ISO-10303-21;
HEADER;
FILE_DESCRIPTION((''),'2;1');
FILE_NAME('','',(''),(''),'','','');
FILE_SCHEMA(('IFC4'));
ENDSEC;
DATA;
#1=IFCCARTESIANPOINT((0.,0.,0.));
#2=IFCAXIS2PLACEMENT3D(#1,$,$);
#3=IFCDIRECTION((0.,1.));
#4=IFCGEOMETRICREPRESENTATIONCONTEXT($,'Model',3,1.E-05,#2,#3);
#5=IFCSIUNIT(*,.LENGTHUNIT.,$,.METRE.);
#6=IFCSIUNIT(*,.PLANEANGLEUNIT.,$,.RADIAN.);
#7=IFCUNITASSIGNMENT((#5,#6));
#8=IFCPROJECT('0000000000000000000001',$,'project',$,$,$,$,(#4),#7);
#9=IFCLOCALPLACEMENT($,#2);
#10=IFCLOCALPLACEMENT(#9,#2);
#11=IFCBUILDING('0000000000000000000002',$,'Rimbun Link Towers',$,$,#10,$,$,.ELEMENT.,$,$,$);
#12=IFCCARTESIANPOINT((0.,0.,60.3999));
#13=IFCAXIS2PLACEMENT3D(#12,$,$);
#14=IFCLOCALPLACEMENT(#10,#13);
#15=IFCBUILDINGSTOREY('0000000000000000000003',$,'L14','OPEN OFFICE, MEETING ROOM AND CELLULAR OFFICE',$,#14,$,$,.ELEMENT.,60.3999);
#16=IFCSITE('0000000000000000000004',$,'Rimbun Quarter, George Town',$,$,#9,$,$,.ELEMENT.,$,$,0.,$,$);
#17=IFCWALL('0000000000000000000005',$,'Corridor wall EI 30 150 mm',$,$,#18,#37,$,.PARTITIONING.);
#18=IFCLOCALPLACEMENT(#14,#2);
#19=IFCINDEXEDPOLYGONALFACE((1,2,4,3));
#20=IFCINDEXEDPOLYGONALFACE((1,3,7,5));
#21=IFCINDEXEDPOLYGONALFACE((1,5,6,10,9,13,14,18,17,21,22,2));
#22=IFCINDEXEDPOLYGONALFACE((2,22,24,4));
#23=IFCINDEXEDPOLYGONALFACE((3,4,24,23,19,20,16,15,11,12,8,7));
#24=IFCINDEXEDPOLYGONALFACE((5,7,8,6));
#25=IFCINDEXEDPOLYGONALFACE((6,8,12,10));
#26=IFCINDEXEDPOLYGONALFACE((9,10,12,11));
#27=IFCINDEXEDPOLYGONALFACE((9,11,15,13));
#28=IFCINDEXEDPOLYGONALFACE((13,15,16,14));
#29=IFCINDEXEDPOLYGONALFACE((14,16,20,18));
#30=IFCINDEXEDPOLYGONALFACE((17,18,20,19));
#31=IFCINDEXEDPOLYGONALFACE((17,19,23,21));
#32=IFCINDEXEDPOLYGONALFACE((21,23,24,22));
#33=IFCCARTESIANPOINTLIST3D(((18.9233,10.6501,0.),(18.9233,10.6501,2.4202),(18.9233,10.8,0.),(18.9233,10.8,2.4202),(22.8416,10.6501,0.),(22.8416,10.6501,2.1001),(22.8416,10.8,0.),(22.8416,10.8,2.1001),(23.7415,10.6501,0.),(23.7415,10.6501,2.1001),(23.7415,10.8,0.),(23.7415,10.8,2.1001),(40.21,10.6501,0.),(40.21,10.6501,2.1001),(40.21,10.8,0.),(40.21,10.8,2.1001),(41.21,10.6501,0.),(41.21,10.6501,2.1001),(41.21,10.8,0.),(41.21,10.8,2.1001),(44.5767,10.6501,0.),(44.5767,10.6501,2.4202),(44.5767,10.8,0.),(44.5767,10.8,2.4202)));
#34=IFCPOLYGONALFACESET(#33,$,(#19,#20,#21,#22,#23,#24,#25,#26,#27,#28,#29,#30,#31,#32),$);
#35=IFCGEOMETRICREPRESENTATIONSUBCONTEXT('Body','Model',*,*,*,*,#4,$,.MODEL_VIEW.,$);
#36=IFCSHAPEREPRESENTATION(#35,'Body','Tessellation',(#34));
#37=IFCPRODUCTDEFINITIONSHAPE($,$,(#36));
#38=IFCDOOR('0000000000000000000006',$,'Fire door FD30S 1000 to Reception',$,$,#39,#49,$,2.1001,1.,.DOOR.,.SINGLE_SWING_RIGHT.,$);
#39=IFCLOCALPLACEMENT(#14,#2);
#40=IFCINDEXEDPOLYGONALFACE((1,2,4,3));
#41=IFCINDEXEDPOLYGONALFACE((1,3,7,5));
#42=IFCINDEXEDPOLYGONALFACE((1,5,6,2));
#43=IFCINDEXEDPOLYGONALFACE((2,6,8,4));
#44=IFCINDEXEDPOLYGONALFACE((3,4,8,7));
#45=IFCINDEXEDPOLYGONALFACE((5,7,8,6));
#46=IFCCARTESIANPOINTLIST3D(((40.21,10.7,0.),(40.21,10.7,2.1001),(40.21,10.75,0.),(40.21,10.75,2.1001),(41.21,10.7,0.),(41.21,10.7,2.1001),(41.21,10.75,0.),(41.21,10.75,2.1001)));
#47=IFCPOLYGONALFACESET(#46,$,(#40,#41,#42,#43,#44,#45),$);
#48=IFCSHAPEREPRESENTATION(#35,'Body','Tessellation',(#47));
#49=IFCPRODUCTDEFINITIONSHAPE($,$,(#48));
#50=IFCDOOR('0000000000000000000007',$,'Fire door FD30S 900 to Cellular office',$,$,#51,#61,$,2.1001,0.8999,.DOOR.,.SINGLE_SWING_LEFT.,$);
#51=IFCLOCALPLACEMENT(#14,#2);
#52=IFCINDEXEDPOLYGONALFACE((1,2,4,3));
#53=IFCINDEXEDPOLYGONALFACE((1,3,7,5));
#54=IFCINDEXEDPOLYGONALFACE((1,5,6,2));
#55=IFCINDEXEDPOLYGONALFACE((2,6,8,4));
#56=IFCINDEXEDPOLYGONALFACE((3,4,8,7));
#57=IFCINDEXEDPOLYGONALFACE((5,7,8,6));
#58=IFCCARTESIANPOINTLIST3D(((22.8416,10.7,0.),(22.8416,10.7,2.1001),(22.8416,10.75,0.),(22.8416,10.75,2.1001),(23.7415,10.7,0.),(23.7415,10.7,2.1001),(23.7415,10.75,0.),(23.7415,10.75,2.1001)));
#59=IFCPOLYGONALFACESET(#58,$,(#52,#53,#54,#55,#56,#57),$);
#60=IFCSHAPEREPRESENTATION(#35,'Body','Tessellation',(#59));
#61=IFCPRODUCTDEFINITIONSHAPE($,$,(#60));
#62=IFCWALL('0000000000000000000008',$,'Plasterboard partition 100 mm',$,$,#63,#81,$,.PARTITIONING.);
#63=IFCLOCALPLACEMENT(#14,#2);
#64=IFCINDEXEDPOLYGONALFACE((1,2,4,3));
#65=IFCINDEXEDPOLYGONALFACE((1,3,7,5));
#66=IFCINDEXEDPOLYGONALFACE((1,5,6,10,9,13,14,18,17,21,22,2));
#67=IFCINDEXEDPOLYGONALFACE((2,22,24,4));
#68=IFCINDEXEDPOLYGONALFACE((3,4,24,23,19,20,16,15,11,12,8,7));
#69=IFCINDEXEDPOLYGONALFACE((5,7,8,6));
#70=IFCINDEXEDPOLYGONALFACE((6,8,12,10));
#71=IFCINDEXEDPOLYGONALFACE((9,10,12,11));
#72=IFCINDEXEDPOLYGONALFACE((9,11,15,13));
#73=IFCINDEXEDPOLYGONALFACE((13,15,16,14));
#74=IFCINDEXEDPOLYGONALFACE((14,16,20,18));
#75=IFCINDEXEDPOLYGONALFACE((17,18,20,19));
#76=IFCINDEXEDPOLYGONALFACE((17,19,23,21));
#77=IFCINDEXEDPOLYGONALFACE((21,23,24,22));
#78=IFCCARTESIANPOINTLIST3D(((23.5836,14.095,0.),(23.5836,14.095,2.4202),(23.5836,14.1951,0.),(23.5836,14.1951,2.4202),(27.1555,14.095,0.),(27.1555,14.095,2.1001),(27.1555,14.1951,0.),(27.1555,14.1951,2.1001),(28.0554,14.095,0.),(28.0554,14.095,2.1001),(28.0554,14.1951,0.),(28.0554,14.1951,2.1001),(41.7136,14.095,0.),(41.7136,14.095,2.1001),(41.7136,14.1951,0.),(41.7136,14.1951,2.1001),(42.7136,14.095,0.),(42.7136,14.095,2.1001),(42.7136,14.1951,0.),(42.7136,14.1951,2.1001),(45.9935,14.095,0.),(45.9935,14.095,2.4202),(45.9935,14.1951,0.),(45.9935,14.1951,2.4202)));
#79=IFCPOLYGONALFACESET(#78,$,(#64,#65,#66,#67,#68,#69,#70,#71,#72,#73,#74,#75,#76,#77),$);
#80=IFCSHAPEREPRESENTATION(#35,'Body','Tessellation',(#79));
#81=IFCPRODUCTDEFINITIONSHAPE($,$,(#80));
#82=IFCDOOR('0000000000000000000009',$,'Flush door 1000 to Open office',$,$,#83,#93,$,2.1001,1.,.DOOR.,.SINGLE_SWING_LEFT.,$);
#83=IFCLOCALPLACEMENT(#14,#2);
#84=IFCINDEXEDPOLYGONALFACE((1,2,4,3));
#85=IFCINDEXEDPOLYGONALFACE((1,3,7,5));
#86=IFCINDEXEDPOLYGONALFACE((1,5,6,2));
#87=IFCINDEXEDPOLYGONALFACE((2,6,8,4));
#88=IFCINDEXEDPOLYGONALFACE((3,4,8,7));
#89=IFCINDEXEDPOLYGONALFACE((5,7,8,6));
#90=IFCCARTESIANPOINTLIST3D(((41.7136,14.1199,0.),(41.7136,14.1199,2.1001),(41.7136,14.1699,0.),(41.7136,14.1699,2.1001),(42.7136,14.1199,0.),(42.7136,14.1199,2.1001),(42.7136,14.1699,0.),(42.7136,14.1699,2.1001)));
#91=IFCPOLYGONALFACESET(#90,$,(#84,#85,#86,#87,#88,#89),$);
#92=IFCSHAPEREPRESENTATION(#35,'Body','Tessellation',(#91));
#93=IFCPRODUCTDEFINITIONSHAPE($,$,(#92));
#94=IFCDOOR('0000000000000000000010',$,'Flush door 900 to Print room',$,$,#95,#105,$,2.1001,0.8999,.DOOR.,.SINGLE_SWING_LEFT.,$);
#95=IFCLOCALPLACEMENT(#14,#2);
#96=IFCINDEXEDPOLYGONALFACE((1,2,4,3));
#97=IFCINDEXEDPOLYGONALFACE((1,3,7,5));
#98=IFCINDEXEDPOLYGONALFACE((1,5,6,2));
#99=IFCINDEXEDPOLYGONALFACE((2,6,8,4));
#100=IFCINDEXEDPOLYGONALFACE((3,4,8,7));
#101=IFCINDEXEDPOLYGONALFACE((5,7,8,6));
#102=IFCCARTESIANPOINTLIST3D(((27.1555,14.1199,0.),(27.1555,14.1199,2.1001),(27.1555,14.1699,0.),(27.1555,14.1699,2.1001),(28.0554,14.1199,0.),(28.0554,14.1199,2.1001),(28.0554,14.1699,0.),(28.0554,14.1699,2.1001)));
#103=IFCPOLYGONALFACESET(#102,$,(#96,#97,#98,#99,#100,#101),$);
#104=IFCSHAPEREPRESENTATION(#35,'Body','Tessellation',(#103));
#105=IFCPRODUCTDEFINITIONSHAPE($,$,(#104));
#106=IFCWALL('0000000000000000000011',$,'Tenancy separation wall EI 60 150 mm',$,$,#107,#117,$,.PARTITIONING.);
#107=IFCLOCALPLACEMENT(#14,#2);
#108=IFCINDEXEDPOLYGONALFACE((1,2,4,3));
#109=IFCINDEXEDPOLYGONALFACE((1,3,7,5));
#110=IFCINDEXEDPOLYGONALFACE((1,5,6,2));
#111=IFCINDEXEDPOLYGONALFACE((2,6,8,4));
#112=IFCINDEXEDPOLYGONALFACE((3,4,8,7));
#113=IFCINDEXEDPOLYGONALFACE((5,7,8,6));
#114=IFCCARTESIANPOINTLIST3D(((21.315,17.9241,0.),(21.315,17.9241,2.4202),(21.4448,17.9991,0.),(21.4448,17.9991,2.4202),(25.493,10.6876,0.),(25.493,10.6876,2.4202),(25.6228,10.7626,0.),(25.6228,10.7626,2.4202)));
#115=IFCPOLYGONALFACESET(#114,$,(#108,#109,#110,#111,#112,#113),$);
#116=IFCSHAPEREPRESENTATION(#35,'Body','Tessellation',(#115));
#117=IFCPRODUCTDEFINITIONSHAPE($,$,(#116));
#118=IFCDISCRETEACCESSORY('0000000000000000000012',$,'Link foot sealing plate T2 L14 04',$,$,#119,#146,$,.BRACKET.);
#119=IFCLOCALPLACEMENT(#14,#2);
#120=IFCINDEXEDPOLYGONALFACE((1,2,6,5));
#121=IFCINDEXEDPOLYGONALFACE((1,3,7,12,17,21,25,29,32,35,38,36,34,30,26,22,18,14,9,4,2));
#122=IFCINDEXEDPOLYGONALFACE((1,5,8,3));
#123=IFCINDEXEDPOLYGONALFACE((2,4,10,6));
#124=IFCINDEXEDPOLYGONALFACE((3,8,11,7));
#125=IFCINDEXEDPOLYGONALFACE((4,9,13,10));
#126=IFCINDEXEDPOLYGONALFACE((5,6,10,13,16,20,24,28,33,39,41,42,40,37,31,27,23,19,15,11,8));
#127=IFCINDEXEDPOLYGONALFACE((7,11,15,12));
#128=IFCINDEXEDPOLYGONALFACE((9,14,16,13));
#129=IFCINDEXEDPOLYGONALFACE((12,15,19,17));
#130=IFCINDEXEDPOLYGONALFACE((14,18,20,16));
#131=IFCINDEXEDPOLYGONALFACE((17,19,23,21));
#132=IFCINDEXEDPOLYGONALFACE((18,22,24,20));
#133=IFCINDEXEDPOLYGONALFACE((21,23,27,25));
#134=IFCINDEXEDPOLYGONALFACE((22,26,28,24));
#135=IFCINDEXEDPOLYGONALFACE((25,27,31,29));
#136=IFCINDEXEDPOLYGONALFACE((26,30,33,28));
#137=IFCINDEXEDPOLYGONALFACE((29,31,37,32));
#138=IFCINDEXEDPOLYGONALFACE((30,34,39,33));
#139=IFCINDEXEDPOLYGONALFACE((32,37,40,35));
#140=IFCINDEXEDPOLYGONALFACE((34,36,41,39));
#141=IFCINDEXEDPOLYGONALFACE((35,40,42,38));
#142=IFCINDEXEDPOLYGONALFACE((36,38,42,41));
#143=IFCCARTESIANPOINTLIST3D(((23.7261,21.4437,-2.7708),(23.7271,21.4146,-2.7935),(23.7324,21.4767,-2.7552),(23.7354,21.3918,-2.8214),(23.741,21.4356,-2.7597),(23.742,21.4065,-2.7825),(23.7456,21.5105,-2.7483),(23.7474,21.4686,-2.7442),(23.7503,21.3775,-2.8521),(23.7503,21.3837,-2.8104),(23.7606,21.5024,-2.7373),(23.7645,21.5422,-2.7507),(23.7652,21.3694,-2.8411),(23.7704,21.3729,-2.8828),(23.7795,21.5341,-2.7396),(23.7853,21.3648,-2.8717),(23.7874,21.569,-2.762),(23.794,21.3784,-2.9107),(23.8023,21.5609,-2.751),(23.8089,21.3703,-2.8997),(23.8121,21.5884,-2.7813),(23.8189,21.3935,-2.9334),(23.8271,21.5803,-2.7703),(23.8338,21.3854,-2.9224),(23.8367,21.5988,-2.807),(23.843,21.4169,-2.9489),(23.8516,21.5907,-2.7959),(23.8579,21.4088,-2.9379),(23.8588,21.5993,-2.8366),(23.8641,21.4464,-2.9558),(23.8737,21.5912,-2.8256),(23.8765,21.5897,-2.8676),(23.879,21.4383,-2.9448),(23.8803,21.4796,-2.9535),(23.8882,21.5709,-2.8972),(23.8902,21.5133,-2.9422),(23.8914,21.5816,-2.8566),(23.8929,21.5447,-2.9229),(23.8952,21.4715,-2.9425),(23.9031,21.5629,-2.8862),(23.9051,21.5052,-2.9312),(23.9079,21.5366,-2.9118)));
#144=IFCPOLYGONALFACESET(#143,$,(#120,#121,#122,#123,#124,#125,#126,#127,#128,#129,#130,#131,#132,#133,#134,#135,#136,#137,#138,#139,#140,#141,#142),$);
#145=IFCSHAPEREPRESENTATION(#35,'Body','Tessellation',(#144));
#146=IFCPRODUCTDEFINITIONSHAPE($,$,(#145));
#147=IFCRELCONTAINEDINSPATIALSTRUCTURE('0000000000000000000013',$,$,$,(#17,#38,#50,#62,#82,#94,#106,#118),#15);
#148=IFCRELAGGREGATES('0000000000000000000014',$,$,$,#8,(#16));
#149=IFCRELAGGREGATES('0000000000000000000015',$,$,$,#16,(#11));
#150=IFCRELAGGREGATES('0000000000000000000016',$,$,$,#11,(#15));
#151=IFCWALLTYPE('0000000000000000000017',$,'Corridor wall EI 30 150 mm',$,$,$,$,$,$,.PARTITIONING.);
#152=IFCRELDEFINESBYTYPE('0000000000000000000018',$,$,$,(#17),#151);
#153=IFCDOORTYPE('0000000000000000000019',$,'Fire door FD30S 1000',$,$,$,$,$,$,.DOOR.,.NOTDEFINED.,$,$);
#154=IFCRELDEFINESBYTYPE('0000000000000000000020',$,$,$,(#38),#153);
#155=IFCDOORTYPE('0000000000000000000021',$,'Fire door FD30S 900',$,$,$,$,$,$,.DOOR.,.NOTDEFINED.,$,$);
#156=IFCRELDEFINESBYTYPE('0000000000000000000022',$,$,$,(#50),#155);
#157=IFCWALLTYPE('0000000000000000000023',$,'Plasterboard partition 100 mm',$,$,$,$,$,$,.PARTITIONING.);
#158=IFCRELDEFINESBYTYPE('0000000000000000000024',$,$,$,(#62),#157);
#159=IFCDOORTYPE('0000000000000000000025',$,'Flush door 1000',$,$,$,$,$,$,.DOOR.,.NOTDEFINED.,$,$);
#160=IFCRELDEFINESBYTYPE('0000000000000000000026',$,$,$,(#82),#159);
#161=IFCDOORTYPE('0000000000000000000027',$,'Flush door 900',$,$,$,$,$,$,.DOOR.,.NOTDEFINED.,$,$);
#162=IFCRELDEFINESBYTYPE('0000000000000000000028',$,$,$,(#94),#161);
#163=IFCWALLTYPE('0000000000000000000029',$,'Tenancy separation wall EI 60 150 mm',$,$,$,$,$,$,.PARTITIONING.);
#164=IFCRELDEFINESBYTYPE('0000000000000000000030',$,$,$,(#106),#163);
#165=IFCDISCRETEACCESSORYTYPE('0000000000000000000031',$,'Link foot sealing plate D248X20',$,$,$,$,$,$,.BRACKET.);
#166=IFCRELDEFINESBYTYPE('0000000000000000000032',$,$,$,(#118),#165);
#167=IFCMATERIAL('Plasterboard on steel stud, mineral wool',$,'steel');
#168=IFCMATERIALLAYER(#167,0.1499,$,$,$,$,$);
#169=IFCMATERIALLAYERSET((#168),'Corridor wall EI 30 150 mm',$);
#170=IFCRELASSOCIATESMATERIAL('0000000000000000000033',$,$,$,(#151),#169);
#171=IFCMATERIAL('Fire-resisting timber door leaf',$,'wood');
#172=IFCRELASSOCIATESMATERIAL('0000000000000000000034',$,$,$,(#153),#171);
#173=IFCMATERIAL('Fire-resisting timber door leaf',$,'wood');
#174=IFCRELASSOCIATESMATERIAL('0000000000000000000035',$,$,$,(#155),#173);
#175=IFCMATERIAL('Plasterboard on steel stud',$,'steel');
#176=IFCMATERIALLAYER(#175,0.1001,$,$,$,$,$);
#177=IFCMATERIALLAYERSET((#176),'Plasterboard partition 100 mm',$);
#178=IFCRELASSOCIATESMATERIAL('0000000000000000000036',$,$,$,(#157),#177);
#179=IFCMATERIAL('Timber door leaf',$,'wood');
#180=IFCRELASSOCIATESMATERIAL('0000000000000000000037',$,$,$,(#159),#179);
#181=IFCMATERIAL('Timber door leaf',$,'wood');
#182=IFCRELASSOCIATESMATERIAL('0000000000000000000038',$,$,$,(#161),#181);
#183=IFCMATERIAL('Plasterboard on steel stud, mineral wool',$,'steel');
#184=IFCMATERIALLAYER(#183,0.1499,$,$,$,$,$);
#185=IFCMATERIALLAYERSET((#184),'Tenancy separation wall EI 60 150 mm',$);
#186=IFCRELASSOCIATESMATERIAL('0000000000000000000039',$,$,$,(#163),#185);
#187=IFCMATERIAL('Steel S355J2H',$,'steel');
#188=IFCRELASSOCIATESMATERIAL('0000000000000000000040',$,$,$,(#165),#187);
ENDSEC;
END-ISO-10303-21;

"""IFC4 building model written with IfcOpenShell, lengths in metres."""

from ifc_helpers import new_model, si_unit, direction, frame, frame_2d, origin, origin_2d, place, context, subcontext, project, spatial, rectangle, circle, extrude, material, layer, layer_set, material_profile, profile_set, type_object, element, fill, save


model = new_model("IFC4")

# Units and contexts
model_context = context("Model", 3, precision=1e-05, world=origin(), true_north=direction((0.0, 1.0)))
body_context = subcontext(model_context, "Body", "Model", "MODEL_VIEW")
ifc_project = project(units=[si_unit("LENGTHUNIT", "METRE"), si_unit("PLANEANGLEUNIT", "RADIAN")], contexts=[model_context])

# Site, building, storey
site_placement = place(None, origin())
site = spatial("IfcSite", under=ifc_project, at=site_placement, Name="Rimbun Quarter, George Town", CompositionType="ELEMENT", RefElevation=0.0)
building_placement = place(site_placement, origin())
building = spatial("IfcBuilding", under=site, at=building_placement, Name="Rimbun Link Towers", CompositionType="ELEMENT")
storey_placement = place(building_placement, frame((0.0, 0.0, 60.3999)))
storey = spatial("IfcBuildingStorey", under=building, at=storey_placement, Name="L14", Description="OPEN OFFICE, MEETING ROOM AND CELLULAR OFFICE", CompositionType="ELEMENT", Elevation=60.3999)

# Walls, openings, doors
ifc_material_1 = material(Name="Plasterboard on steel stud, mineral wool", Category="steel")
ifc_layer_1 = layer(ifc_material_1, 0.1499)
ifc_layer_set_1 = layer_set([ifc_layer_1], Name="Corridor wall EI 30 150 mm")
wall_type_1 = type_object("IfcWallType", Name="Corridor wall EI 30 150 mm", PredefinedType="PARTITIONING", material=ifc_layer_set_1)
wall_1_placement = place(storey_placement, frame((18.9233, 10.7251, 0.0), z_axis=(0.0, 0.0, 1.0), x_axis=(1.0, 0.0, 0.0)))
wall_1 = element("IfcWall", 1, at=wall_1_placement, inside=storey, type_object=wall_type_1, Name="Corridor wall EI 30 150 mm", PredefinedType="PARTITIONING", context=body_context, shape_type="SweptSolid", body=[
    extrude(rectangle(XDim=25.6533, YDim=0.1499, at=frame_2d((12.8267, 0.0))), origin(), (0.0, 0.0, 1.0), 2.4202),
])
opening_1_placement = place(wall_1_placement, frame((21.2866, 0.0, 0.0)))
opening_1 = element("IfcOpeningElement", 2, at=opening_1_placement, cuts=wall_1, PredefinedType="OPENING", context=body_context, shape_type="SweptSolid", body=[
    extrude(rectangle(XDim=1.0, YDim=2.1001, at=frame_2d((0.5, 1.05))), frame((0.0, 0.085, 0.0), z_axis=(0.0, -1.0, 0.0), x_axis=(1.0, 0.0, 0.0)), (0.0, 0.0, 1.0), 0.1699),
])
opening_2_placement = place(wall_1_placement, frame((3.9182, 0.0, 0.0)))
opening_2 = element("IfcOpeningElement", 3, at=opening_2_placement, cuts=wall_1, PredefinedType="OPENING", context=body_context, shape_type="SweptSolid", body=[
    extrude(rectangle(XDim=0.8999, YDim=2.1001, at=frame_2d((0.45, 1.05))), frame((0.0, 0.085, 0.0), z_axis=(0.0, -1.0, 0.0), x_axis=(1.0, 0.0, 0.0)), (0.0, 0.0, 1.0), 0.1699),
])
ifc_material_2 = material(Name="Fire-resisting timber door leaf", Category="wood")
door_type_1 = type_object("IfcDoorType", Name="Fire door FD30S 1000", OperationType="NOTDEFINED", PredefinedType="DOOR", material=ifc_material_2)
door_1_placement = place(opening_1_placement, origin())
door_1 = element("IfcDoor", 4, at=door_1_placement, inside=storey, type_object=door_type_1, Name="Fire door FD30S 1000 to Reception", OperationType="SINGLE_SWING_RIGHT", OverallHeight=2.1001, OverallWidth=1.0, PredefinedType="DOOR", context=body_context, shape_type="SweptSolid", body=[
    extrude(rectangle(XDim=1.0, YDim=2.1001, at=frame_2d((0.5, 1.05))), frame((0.0, 0.0249, 0.0), z_axis=(0.0, -1.0, 0.0), x_axis=(1.0, 0.0, 0.0)), (0.0, 0.0, 1.0), 0.05),
])
fill(opening_1, door_1)
ifc_material_3 = material(Name="Fire-resisting timber door leaf", Category="wood")
door_type_2 = type_object("IfcDoorType", Name="Fire door FD30S 900", OperationType="NOTDEFINED", PredefinedType="DOOR", material=ifc_material_3)
door_2_placement = place(opening_2_placement, origin())
door_2 = element("IfcDoor", 5, at=door_2_placement, inside=storey, type_object=door_type_2, Name="Fire door FD30S 900 to Cellular office", OperationType="SINGLE_SWING_LEFT", OverallHeight=2.1001, OverallWidth=0.8999, PredefinedType="DOOR", context=body_context, shape_type="SweptSolid", body=[
    extrude(rectangle(XDim=0.8999, YDim=2.1001, at=frame_2d((0.45, 1.05))), frame((0.0, 0.0249, 0.0), z_axis=(0.0, -1.0, 0.0), x_axis=(1.0, 0.0, 0.0)), (0.0, 0.0, 1.0), 0.05),
])
fill(opening_2, door_2)
ifc_material_4 = material(Name="Plasterboard on steel stud", Category="steel")
ifc_layer_2 = layer(ifc_material_4, 0.1001)
ifc_layer_set_2 = layer_set([ifc_layer_2], Name="Plasterboard partition 100 mm")
wall_type_2 = type_object("IfcWallType", Name="Plasterboard partition 100 mm", PredefinedType="PARTITIONING", material=ifc_layer_set_2)
wall_2_placement = place(storey_placement, frame((23.5835, 14.145, 0.0), z_axis=(0.0, 0.0, 1.0), x_axis=(1.0, 0.0, 0.0)))
wall_2 = element("IfcWall", 6, at=wall_2_placement, inside=storey, type_object=wall_type_2, Name="Plasterboard partition 100 mm", PredefinedType="PARTITIONING", context=body_context, shape_type="SweptSolid", body=[
    extrude(rectangle(XDim=22.4099, YDim=0.1001, at=frame_2d((11.2051, 0.0))), origin(), (0.0, 0.0, 1.0), 2.4202),
])
opening_3_placement = place(wall_2_placement, frame((18.1301, 0.0, 0.0)))
opening_3 = element("IfcOpeningElement", 7, at=opening_3_placement, cuts=wall_2, PredefinedType="OPENING", context=body_context, shape_type="SweptSolid", body=[
    extrude(rectangle(XDim=1.0, YDim=2.1001, at=frame_2d((0.5, 1.05))), frame((0.0, 0.0601, 0.0), z_axis=(0.0, -1.0, 0.0), x_axis=(1.0, 0.0, 0.0)), (0.0, 0.0, 1.0), 0.1201),
])
opening_4_placement = place(wall_2_placement, frame((3.572, 0.0, 0.0)))
opening_4 = element("IfcOpeningElement", 8, at=opening_4_placement, cuts=wall_2, PredefinedType="OPENING", context=body_context, shape_type="SweptSolid", body=[
    extrude(rectangle(XDim=0.8999, YDim=2.1001, at=frame_2d((0.45, 1.05))), frame((0.0, 0.0601, 0.0), z_axis=(0.0, -1.0, 0.0), x_axis=(1.0, 0.0, 0.0)), (0.0, 0.0, 1.0), 0.1201),
])
ifc_material_5 = material(Name="Timber door leaf", Category="wood")
door_type_3 = type_object("IfcDoorType", Name="Flush door 1000", OperationType="NOTDEFINED", PredefinedType="DOOR", material=ifc_material_5)
door_3_placement = place(opening_3_placement, origin())
door_3 = element("IfcDoor", 9, at=door_3_placement, inside=storey, type_object=door_type_3, Name="Flush door 1000 to Open office", OperationType="SINGLE_SWING_LEFT", OverallHeight=2.1001, OverallWidth=1.0, PredefinedType="DOOR", context=body_context, shape_type="SweptSolid", body=[
    extrude(rectangle(XDim=1.0, YDim=2.1001, at=frame_2d((0.5, 1.05))), frame((0.0, 0.0249, 0.0), z_axis=(0.0, -1.0, 0.0), x_axis=(1.0, 0.0, 0.0)), (0.0, 0.0, 1.0), 0.05),
])
fill(opening_3, door_3)
ifc_material_6 = material(Name="Timber door leaf", Category="wood")
door_type_4 = type_object("IfcDoorType", Name="Flush door 900", OperationType="NOTDEFINED", PredefinedType="DOOR", material=ifc_material_6)
door_4_placement = place(opening_4_placement, origin())
door_4 = element("IfcDoor", 10, at=door_4_placement, inside=storey, type_object=door_type_4, Name="Flush door 900 to Print room", OperationType="SINGLE_SWING_LEFT", OverallHeight=2.1001, OverallWidth=0.8999, PredefinedType="DOOR", context=body_context, shape_type="SweptSolid", body=[
    extrude(rectangle(XDim=0.8999, YDim=2.1001, at=frame_2d((0.45, 1.05))), frame((0.0, 0.0249, 0.0), z_axis=(0.0, -1.0, 0.0), x_axis=(1.0, 0.0, 0.0)), (0.0, 0.0, 1.0), 0.05),
])
fill(opening_4, door_4)

# Wall
ifc_material_7 = material(Name="Plasterboard on steel stud, mineral wool", Category="steel")
ifc_layer_3 = layer(ifc_material_7, 0.1499)
ifc_layer_set_3 = layer_set([ifc_layer_3], Name="Tenancy separation wall EI 60 150 mm")
wall_type_3 = type_object("IfcWallType", Name="Tenancy separation wall EI 60 150 mm", PredefinedType="PARTITIONING", material=ifc_layer_set_3)
wall_3_placement = place(storey_placement, frame((25.5579, 10.7251, 0.0), z_axis=(0.0, 0.0, 1.0), x_axis=(-0.499995, 0.866028, 0.0)))
element("IfcWall", 11, at=wall_3_placement, inside=storey, type_object=wall_type_3, Name="Tenancy separation wall EI 60 150 mm", PredefinedType="PARTITIONING", context=body_context, shape_type="SweptSolid", body=[
    extrude(rectangle(XDim=8.356, YDim=0.1499, at=frame_2d((4.178, 0.0))), origin(), (0.0, 0.0, 1.0), 2.4202),
])

# Discrete accessory
ifc_material_8 = material(Name="Steel S355J2H", Category="steel")
ifc_material_profile_1 = material_profile(ifc_material_8, circle(Radius=0.124, at=origin_2d()), Name="PL D248")
ifc_profile_set_1 = profile_set([ifc_material_profile_1], Name="Steel S355J2H")
discrete_accessory_type = type_object("IfcDiscreteAccessoryType", Name="Link foot sealing plate D248X20", PredefinedType="BRACKET", material=ifc_profile_set_1)
discrete_accessory_placement = place(storey_placement, frame((23.8242, 21.4785, -2.8411), z_axis=(-0.737837, 0.399158, -0.544306), x_axis=(-0.475819, -0.879543, 0.0)))
element("IfcDiscreteAccessory", 12, at=discrete_accessory_placement, inside=storey, type_object=discrete_accessory_type, Name="Link foot sealing plate T2 L14 04", PredefinedType="BRACKET", context=body_context, shape_type="SweptSolid", body=[
    extrude(circle(Radius=0.124, at=origin_2d()), origin(), (0.0, 0.0, 1.0), 0.0203),
])

save(model, "model.ifc")
